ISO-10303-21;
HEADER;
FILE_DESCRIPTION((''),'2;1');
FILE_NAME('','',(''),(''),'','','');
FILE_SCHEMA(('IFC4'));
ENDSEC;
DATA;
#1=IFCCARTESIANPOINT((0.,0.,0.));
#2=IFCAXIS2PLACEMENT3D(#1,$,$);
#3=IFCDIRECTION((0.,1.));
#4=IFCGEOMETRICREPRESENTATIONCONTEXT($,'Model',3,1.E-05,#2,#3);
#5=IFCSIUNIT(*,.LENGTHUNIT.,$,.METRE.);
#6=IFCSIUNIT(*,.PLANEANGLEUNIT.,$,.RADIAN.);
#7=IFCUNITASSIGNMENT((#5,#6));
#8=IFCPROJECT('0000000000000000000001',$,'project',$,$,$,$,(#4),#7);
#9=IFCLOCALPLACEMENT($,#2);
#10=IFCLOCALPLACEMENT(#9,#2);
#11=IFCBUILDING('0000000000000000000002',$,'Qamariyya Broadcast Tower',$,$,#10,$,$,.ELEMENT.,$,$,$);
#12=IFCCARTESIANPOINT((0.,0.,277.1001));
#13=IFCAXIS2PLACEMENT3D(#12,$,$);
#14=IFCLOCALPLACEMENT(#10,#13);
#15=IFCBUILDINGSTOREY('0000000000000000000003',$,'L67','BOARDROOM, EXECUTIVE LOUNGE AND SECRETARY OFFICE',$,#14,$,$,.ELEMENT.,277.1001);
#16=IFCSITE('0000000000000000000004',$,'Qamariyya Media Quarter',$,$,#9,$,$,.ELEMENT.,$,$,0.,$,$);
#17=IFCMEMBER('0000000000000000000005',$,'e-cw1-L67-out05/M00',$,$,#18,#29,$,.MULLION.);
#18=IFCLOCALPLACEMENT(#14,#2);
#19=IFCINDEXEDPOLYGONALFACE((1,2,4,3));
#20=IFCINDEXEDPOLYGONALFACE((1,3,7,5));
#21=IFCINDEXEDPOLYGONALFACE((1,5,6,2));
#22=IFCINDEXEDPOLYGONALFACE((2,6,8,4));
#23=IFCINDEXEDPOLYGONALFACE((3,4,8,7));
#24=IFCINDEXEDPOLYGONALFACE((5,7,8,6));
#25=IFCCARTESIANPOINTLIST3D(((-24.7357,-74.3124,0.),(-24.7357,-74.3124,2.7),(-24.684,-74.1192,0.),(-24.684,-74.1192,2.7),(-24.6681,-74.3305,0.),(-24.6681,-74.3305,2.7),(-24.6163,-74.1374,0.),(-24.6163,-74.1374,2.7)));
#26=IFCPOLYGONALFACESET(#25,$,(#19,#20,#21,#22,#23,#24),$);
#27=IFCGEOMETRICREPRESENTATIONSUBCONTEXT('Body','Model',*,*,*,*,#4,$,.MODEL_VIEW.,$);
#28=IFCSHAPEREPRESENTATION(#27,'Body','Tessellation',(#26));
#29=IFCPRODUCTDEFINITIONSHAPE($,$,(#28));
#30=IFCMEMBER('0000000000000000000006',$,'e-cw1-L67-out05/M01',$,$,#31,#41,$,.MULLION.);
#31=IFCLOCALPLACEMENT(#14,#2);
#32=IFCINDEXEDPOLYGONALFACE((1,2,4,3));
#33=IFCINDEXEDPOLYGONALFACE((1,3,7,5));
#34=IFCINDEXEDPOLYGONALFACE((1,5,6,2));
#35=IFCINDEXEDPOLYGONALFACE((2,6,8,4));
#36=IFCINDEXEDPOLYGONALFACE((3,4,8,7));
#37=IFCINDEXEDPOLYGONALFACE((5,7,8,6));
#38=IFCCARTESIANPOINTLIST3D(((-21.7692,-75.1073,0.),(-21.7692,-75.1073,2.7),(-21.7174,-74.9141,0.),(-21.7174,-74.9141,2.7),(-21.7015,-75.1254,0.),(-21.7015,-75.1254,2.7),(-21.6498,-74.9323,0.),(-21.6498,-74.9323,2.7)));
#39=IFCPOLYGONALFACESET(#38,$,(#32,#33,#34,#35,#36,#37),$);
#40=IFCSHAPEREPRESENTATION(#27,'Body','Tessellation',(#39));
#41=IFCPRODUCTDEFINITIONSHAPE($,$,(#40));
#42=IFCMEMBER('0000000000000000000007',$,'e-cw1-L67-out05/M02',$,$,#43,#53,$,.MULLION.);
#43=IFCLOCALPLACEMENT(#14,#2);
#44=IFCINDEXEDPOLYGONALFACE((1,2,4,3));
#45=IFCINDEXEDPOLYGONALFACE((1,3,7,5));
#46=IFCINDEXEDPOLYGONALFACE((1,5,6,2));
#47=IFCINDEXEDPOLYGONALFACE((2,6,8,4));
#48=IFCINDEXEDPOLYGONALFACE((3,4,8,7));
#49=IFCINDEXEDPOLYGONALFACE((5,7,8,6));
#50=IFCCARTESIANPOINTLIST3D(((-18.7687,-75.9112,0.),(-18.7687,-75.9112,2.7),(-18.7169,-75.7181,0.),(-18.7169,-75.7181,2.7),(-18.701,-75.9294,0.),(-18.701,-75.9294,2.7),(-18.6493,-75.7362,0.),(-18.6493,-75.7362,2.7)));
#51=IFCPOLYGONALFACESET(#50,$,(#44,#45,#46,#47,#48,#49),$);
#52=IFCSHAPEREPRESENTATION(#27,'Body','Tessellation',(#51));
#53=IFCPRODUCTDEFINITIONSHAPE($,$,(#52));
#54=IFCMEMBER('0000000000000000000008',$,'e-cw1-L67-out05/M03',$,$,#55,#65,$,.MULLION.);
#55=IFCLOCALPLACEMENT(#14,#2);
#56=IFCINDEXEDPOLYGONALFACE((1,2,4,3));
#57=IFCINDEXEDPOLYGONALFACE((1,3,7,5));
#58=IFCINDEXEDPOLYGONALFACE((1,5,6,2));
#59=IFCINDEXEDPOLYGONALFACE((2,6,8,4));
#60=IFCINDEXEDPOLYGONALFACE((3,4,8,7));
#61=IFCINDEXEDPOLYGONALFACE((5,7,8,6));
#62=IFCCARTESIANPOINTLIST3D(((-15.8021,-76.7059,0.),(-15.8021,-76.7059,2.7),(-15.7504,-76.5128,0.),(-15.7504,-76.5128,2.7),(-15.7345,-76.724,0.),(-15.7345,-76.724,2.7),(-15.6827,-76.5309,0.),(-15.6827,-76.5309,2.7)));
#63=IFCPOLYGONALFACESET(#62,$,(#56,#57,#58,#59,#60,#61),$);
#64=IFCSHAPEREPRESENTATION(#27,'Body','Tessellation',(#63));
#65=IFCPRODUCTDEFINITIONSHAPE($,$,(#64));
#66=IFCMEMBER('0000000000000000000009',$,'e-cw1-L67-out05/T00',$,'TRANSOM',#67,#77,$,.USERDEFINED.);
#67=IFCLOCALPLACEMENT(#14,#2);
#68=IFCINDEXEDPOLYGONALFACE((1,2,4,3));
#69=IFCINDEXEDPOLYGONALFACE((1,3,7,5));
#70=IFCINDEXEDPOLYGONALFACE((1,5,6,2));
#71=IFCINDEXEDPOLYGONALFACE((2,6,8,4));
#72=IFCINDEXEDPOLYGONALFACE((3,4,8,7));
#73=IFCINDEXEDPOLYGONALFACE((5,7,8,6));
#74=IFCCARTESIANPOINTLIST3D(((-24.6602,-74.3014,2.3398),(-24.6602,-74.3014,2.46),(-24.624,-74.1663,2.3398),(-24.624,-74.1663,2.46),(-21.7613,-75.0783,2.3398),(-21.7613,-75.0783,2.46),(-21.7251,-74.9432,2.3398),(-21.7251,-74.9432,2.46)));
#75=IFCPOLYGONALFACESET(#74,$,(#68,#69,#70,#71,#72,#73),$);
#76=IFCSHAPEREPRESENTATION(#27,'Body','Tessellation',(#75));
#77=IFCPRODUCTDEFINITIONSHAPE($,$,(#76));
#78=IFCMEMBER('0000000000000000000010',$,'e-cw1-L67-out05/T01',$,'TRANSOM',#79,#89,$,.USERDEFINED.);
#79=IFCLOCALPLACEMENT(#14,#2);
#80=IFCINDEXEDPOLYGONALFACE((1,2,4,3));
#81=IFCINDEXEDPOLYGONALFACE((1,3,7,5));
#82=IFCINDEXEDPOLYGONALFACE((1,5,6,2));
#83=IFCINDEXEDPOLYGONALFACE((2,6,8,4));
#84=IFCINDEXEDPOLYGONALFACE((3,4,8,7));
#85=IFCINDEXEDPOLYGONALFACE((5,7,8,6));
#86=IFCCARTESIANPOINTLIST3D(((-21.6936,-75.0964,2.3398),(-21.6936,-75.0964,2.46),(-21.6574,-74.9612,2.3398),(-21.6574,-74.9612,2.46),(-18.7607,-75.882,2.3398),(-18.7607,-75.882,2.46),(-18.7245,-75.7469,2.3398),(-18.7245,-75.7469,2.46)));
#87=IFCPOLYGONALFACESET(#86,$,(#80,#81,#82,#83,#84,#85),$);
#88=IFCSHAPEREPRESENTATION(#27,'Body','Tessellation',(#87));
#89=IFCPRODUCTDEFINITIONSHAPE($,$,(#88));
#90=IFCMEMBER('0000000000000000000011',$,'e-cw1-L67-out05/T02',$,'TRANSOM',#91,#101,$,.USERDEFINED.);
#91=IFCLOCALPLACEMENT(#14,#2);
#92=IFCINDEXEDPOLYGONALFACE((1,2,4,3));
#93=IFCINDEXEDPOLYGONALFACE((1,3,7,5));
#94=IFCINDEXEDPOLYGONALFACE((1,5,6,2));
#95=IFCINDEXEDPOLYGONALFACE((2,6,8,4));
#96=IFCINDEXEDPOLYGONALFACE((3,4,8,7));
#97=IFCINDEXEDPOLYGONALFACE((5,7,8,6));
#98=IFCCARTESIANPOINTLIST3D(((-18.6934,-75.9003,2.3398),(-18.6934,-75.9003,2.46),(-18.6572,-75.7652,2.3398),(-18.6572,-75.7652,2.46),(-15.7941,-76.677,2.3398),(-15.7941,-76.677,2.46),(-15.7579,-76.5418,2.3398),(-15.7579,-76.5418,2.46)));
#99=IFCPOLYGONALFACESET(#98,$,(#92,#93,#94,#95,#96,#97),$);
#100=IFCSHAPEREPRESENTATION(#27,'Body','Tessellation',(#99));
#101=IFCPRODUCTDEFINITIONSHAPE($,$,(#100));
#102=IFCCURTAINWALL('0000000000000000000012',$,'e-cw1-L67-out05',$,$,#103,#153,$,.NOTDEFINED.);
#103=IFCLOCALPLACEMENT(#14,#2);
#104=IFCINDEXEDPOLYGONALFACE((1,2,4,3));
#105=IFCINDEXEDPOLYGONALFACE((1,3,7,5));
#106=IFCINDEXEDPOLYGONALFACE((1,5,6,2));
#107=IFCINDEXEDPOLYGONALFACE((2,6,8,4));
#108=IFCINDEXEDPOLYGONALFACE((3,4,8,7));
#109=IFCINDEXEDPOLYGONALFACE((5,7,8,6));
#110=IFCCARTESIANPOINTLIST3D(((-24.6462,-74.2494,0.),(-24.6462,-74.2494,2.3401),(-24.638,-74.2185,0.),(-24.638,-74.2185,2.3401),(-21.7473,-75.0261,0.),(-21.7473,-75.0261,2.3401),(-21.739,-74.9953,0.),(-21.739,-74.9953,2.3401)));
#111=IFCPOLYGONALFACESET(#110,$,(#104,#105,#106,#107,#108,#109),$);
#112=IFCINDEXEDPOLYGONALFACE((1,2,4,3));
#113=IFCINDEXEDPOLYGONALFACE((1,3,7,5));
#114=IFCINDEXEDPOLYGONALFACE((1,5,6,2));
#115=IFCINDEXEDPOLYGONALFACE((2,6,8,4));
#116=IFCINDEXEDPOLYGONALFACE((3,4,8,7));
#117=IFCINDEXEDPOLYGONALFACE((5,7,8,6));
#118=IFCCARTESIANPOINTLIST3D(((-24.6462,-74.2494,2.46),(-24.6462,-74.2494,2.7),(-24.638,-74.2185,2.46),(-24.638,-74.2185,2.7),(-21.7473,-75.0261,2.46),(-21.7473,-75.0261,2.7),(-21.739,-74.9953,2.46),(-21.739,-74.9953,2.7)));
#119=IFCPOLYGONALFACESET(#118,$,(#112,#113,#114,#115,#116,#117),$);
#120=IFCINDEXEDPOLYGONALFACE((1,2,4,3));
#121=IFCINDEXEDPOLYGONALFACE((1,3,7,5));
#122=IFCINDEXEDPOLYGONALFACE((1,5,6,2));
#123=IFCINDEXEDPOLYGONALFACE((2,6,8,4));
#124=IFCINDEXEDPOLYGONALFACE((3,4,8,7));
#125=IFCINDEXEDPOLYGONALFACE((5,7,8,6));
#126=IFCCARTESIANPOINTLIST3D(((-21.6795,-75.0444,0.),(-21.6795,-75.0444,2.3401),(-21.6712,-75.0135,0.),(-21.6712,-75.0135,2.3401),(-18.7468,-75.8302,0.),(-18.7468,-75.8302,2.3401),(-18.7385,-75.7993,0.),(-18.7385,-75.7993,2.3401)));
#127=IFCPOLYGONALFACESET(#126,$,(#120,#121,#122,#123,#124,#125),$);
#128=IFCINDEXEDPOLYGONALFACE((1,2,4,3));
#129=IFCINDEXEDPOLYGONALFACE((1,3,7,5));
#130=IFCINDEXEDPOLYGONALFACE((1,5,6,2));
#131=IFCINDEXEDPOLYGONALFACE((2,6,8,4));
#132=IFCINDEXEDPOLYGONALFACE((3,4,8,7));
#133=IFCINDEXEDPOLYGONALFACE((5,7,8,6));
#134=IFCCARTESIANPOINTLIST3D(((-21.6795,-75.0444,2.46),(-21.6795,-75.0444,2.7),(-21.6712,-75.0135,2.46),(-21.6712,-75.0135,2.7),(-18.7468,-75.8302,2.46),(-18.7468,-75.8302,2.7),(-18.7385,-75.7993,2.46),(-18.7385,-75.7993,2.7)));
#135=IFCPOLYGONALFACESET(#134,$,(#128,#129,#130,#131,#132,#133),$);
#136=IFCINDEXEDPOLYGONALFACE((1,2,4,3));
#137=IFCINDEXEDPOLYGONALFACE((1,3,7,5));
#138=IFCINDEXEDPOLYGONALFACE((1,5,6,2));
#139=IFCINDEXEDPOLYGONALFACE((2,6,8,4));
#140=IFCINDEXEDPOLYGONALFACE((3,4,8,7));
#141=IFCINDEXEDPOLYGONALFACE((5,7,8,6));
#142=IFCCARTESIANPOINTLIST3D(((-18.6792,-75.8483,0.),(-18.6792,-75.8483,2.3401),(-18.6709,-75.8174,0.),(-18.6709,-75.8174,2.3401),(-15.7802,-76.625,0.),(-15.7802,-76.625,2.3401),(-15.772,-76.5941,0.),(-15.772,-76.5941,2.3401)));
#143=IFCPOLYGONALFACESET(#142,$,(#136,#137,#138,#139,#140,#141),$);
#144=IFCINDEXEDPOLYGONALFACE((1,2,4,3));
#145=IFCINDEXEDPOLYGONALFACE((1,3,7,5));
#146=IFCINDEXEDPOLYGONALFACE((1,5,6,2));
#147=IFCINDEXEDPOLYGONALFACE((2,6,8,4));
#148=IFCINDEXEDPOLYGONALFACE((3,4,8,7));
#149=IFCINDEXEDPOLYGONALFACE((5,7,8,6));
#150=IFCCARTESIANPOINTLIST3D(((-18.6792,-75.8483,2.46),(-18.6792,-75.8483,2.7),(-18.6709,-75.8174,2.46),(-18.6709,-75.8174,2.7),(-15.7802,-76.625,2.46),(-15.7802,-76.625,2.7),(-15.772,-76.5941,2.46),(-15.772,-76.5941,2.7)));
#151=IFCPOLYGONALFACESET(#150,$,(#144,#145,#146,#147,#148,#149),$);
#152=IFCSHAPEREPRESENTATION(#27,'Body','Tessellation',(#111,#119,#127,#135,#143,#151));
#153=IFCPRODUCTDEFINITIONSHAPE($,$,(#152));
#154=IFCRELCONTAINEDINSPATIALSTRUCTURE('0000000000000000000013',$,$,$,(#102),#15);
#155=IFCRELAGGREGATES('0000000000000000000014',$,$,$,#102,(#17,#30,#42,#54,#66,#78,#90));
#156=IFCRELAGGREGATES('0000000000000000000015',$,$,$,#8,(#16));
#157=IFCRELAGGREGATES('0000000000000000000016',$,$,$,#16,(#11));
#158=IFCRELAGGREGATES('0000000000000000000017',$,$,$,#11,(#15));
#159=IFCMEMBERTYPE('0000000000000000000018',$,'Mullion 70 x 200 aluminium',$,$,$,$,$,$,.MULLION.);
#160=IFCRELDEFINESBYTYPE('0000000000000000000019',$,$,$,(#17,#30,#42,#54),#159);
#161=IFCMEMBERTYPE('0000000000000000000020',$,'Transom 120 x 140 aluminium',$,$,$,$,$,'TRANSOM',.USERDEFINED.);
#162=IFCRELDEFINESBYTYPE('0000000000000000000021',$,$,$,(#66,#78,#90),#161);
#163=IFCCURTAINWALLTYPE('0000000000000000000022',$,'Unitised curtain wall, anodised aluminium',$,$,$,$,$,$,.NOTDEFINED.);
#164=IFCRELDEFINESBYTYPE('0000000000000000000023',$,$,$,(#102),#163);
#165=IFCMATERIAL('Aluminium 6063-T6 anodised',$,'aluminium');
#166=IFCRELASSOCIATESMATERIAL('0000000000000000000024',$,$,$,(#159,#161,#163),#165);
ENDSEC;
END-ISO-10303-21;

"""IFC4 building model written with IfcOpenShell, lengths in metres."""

from ifc_helpers import new_model, si_unit, direction, frame, origin, origin_2d, place, context, subcontext, project, spatial, rectangle, extrude, material, material_profile, profile_set, type_object, element, aggregate, save


model = new_model("IFC4")

# Units and contexts
model_context = context("Model", 3, precision=1e-05, world=origin(), true_north=direction((0.0, 1.0)))
body_context = subcontext(model_context, "Body", "Model", "MODEL_VIEW")
ifc_project = project(units=[si_unit("LENGTHUNIT", "METRE"), si_unit("PLANEANGLEUNIT", "RADIAN")], contexts=[model_context])

# Members
ifc_material = material(Name="Aluminium 6063-T6 anodised", Category="aluminium")
ifc_material_profile_1 = material_profile(ifc_material, rectangle(XDim=0.2, YDim=0.0701, at=origin_2d()))
ifc_profile_set_1 = profile_set([ifc_material_profile_1], Name="Aluminium 6063-T6 anodised")
member_type_1 = type_object("IfcMemberType", Name="Mullion 70 x 200 aluminium", PredefinedType="MULLION", material=ifc_profile_set_1)
site_placement = place(None, origin())
building_placement = place(site_placement, origin())
storey_placement = place(building_placement, frame((0.0, 0.0, 277.1001)))
member_1_placement = place(storey_placement, frame((-24.676, -74.2249, 0.0), z_axis=(0.0, 0.0, 1.0), x_axis=(0.258819, 0.965926, 0.0)))
member_1 = element("IfcMember", 1, at=member_1_placement, type_object=member_type_1, Name="e-cw1-L67-out05/M00", PredefinedType="MULLION", context=body_context, shape_type="SweptSolid", body=[
    extrude(rectangle(XDim=0.2, YDim=0.0701, at=origin_2d()), origin(), (0.0, 0.0, 1.0), 2.7),
])
member_2_placement = place(storey_placement, frame((-21.7095, -75.0198, 0.0), z_axis=(0.0, 0.0, 1.0), x_axis=(0.258819, 0.965926, 0.0)))
member_2 = element("IfcMember", 2, at=member_2_placement, type_object=member_type_1, Name="e-cw1-L67-out05/M01", PredefinedType="MULLION", context=body_context, shape_type="SweptSolid", body=[
    extrude(rectangle(XDim=0.2, YDim=0.0701, at=origin_2d()), origin(), (0.0, 0.0, 1.0), 2.7),
])
member_3_placement = place(storey_placement, frame((-18.709, -75.8237, 0.0), z_axis=(0.0, 0.0, 1.0), x_axis=(0.258819, 0.965926, 0.0)))
member_3 = element("IfcMember", 3, at=member_3_placement, type_object=member_type_1, Name="e-cw1-L67-out05/M02", PredefinedType="MULLION", context=body_context, shape_type="SweptSolid", body=[
    extrude(rectangle(XDim=0.2, YDim=0.0701, at=origin_2d()), origin(), (0.0, 0.0, 1.0), 2.7),
])
member_4_placement = place(storey_placement, frame((-15.7424, -76.6184, 0.0), z_axis=(0.0, 0.0, 1.0), x_axis=(0.258819, 0.965926, 0.0)))
member_4 = element("IfcMember", 4, at=member_4_placement, type_object=member_type_1, Name="e-cw1-L67-out05/M03", PredefinedType="MULLION", context=body_context, shape_type="SweptSolid", body=[
    extrude(rectangle(XDim=0.2, YDim=0.0701, at=origin_2d()), origin(), (0.0, 0.0, 1.0), 2.7),
])
ifc_material_profile_2 = material_profile(ifc_material, rectangle(XDim=0.1399, YDim=0.1201, at=origin_2d()))
ifc_profile_set_2 = profile_set([ifc_material_profile_2], Name="Aluminium 6063-T6 anodised")
member_type_2 = type_object("IfcMemberType", Name="Transom 120 x 140 aluminium", ElementType="TRANSOM", PredefinedType="USERDEFINED", material=ifc_profile_set_2)
member_5_placement = place(storey_placement, frame((-24.6421, -74.2339, 2.3999), z_axis=(0.965918, -0.258847, 0.0), x_axis=(0.258847, 0.965918, 0.0)))
member_5 = element("IfcMember", 5, at=member_5_placement, type_object=member_type_2, Name="e-cw1-L67-out05/T00", ObjectType="TRANSOM", PredefinedType="USERDEFINED", context=body_context, shape_type="SweptSolid", body=[
    extrude(rectangle(XDim=0.1399, YDim=0.1201, at=origin_2d()), origin(), (0.0, 0.0, 1.0), 3.0012),
])
member_6_placement = place(storey_placement, frame((-21.6755, -75.0288, 2.3999), z_axis=(0.965943, -0.258754, 0.0), x_axis=(0.258754, 0.965943, 0.0)))
member_6 = element("IfcMember", 6, at=member_6_placement, type_object=member_type_2, Name="e-cw1-L67-out05/T01", ObjectType="TRANSOM", PredefinedType="USERDEFINED", context=body_context, shape_type="SweptSolid", body=[
    extrude(rectangle(XDim=0.1399, YDim=0.1201, at=origin_2d()), origin(), (0.0, 0.0, 1.0), 3.0364),
])
member_7_placement = place(storey_placement, frame((-18.6753, -75.8328, 2.3999), z_axis=(0.965944, -0.258751, 0.0), x_axis=(0.258751, 0.965944, 0.0)))
member_7 = element("IfcMember", 7, at=member_7_placement, type_object=member_type_2, Name="e-cw1-L67-out05/T02", ObjectType="TRANSOM", PredefinedType="USERDEFINED", context=body_context, shape_type="SweptSolid", body=[
    extrude(rectangle(XDim=0.1399, YDim=0.1201, at=origin_2d()), origin(), (0.0, 0.0, 1.0), 3.0015),
])

# Site, building, storey
site = spatial("IfcSite", under=ifc_project, at=site_placement, Name="Qamariyya Media Quarter", CompositionType="ELEMENT", RefElevation=0.0)
building = spatial("IfcBuilding", under=site, at=building_placement, Name="Qamariyya Broadcast Tower", CompositionType="ELEMENT")
storey = spatial("IfcBuildingStorey", under=building, at=storey_placement, Name="L67", Description="BOARDROOM, EXECUTIVE LOUNGE AND SECRETARY OFFICE", CompositionType="ELEMENT", Elevation=277.1001)

# Curtain wall
curtain_wall_type = type_object("IfcCurtainWallType", Name="Unitised curtain wall, anodised aluminium", PredefinedType="NOTDEFINED", material=ifc_material)
curtain_wall_1_placement = place(storey_placement, origin())
curtain_wall_1 = element("IfcCurtainWall", 8, at=curtain_wall_1_placement, inside=storey, type_object=curtain_wall_type, Name="e-cw1-L67-out05", PredefinedType="NOTDEFINED", context=body_context, shape_type="SweptSolid", body=[
    extrude(rectangle(XDim=3.0012, YDim=0.032, at=origin_2d()), frame((-23.1926, -74.6223, 0.0), x_axis=(0.965926, -0.258819, 0.0)), (0.0, 0.0, 1.0), 2.3401),
    extrude(rectangle(XDim=3.0012, YDim=0.032, at=origin_2d()), frame((-23.1926, -74.6223, 2.46), x_axis=(0.965926, -0.258819, 0.0)), (0.0, 0.0, 1.0), 0.24),
    extrude(rectangle(XDim=3.0361, YDim=0.032, at=origin_2d()), frame((-20.209, -75.4219, 0.0), x_axis=(0.965926, -0.258819, 0.0)), (0.0, 0.0, 1.0), 2.3401),
    extrude(rectangle(XDim=3.0361, YDim=0.032, at=origin_2d()), frame((-20.209, -75.4219, 2.46), x_axis=(0.965926, -0.258819, 0.0)), (0.0, 0.0, 1.0), 0.24),
    extrude(rectangle(XDim=3.0012, YDim=0.032, at=origin_2d()), frame((-17.2256, -76.2212, 0.0), x_axis=(0.965926, -0.258819, 0.0)), (0.0, 0.0, 1.0), 2.3401),
    extrude(rectangle(XDim=3.0012, YDim=0.032, at=origin_2d()), frame((-17.2256, -76.2212, 2.46), x_axis=(0.965926, -0.258819, 0.0)), (0.0, 0.0, 1.0), 0.24),
])
aggregate(curtain_wall_1, [member_1, member_2, member_3, member_4, member_5, member_6, member_7])

save(model, "model.ifc")
